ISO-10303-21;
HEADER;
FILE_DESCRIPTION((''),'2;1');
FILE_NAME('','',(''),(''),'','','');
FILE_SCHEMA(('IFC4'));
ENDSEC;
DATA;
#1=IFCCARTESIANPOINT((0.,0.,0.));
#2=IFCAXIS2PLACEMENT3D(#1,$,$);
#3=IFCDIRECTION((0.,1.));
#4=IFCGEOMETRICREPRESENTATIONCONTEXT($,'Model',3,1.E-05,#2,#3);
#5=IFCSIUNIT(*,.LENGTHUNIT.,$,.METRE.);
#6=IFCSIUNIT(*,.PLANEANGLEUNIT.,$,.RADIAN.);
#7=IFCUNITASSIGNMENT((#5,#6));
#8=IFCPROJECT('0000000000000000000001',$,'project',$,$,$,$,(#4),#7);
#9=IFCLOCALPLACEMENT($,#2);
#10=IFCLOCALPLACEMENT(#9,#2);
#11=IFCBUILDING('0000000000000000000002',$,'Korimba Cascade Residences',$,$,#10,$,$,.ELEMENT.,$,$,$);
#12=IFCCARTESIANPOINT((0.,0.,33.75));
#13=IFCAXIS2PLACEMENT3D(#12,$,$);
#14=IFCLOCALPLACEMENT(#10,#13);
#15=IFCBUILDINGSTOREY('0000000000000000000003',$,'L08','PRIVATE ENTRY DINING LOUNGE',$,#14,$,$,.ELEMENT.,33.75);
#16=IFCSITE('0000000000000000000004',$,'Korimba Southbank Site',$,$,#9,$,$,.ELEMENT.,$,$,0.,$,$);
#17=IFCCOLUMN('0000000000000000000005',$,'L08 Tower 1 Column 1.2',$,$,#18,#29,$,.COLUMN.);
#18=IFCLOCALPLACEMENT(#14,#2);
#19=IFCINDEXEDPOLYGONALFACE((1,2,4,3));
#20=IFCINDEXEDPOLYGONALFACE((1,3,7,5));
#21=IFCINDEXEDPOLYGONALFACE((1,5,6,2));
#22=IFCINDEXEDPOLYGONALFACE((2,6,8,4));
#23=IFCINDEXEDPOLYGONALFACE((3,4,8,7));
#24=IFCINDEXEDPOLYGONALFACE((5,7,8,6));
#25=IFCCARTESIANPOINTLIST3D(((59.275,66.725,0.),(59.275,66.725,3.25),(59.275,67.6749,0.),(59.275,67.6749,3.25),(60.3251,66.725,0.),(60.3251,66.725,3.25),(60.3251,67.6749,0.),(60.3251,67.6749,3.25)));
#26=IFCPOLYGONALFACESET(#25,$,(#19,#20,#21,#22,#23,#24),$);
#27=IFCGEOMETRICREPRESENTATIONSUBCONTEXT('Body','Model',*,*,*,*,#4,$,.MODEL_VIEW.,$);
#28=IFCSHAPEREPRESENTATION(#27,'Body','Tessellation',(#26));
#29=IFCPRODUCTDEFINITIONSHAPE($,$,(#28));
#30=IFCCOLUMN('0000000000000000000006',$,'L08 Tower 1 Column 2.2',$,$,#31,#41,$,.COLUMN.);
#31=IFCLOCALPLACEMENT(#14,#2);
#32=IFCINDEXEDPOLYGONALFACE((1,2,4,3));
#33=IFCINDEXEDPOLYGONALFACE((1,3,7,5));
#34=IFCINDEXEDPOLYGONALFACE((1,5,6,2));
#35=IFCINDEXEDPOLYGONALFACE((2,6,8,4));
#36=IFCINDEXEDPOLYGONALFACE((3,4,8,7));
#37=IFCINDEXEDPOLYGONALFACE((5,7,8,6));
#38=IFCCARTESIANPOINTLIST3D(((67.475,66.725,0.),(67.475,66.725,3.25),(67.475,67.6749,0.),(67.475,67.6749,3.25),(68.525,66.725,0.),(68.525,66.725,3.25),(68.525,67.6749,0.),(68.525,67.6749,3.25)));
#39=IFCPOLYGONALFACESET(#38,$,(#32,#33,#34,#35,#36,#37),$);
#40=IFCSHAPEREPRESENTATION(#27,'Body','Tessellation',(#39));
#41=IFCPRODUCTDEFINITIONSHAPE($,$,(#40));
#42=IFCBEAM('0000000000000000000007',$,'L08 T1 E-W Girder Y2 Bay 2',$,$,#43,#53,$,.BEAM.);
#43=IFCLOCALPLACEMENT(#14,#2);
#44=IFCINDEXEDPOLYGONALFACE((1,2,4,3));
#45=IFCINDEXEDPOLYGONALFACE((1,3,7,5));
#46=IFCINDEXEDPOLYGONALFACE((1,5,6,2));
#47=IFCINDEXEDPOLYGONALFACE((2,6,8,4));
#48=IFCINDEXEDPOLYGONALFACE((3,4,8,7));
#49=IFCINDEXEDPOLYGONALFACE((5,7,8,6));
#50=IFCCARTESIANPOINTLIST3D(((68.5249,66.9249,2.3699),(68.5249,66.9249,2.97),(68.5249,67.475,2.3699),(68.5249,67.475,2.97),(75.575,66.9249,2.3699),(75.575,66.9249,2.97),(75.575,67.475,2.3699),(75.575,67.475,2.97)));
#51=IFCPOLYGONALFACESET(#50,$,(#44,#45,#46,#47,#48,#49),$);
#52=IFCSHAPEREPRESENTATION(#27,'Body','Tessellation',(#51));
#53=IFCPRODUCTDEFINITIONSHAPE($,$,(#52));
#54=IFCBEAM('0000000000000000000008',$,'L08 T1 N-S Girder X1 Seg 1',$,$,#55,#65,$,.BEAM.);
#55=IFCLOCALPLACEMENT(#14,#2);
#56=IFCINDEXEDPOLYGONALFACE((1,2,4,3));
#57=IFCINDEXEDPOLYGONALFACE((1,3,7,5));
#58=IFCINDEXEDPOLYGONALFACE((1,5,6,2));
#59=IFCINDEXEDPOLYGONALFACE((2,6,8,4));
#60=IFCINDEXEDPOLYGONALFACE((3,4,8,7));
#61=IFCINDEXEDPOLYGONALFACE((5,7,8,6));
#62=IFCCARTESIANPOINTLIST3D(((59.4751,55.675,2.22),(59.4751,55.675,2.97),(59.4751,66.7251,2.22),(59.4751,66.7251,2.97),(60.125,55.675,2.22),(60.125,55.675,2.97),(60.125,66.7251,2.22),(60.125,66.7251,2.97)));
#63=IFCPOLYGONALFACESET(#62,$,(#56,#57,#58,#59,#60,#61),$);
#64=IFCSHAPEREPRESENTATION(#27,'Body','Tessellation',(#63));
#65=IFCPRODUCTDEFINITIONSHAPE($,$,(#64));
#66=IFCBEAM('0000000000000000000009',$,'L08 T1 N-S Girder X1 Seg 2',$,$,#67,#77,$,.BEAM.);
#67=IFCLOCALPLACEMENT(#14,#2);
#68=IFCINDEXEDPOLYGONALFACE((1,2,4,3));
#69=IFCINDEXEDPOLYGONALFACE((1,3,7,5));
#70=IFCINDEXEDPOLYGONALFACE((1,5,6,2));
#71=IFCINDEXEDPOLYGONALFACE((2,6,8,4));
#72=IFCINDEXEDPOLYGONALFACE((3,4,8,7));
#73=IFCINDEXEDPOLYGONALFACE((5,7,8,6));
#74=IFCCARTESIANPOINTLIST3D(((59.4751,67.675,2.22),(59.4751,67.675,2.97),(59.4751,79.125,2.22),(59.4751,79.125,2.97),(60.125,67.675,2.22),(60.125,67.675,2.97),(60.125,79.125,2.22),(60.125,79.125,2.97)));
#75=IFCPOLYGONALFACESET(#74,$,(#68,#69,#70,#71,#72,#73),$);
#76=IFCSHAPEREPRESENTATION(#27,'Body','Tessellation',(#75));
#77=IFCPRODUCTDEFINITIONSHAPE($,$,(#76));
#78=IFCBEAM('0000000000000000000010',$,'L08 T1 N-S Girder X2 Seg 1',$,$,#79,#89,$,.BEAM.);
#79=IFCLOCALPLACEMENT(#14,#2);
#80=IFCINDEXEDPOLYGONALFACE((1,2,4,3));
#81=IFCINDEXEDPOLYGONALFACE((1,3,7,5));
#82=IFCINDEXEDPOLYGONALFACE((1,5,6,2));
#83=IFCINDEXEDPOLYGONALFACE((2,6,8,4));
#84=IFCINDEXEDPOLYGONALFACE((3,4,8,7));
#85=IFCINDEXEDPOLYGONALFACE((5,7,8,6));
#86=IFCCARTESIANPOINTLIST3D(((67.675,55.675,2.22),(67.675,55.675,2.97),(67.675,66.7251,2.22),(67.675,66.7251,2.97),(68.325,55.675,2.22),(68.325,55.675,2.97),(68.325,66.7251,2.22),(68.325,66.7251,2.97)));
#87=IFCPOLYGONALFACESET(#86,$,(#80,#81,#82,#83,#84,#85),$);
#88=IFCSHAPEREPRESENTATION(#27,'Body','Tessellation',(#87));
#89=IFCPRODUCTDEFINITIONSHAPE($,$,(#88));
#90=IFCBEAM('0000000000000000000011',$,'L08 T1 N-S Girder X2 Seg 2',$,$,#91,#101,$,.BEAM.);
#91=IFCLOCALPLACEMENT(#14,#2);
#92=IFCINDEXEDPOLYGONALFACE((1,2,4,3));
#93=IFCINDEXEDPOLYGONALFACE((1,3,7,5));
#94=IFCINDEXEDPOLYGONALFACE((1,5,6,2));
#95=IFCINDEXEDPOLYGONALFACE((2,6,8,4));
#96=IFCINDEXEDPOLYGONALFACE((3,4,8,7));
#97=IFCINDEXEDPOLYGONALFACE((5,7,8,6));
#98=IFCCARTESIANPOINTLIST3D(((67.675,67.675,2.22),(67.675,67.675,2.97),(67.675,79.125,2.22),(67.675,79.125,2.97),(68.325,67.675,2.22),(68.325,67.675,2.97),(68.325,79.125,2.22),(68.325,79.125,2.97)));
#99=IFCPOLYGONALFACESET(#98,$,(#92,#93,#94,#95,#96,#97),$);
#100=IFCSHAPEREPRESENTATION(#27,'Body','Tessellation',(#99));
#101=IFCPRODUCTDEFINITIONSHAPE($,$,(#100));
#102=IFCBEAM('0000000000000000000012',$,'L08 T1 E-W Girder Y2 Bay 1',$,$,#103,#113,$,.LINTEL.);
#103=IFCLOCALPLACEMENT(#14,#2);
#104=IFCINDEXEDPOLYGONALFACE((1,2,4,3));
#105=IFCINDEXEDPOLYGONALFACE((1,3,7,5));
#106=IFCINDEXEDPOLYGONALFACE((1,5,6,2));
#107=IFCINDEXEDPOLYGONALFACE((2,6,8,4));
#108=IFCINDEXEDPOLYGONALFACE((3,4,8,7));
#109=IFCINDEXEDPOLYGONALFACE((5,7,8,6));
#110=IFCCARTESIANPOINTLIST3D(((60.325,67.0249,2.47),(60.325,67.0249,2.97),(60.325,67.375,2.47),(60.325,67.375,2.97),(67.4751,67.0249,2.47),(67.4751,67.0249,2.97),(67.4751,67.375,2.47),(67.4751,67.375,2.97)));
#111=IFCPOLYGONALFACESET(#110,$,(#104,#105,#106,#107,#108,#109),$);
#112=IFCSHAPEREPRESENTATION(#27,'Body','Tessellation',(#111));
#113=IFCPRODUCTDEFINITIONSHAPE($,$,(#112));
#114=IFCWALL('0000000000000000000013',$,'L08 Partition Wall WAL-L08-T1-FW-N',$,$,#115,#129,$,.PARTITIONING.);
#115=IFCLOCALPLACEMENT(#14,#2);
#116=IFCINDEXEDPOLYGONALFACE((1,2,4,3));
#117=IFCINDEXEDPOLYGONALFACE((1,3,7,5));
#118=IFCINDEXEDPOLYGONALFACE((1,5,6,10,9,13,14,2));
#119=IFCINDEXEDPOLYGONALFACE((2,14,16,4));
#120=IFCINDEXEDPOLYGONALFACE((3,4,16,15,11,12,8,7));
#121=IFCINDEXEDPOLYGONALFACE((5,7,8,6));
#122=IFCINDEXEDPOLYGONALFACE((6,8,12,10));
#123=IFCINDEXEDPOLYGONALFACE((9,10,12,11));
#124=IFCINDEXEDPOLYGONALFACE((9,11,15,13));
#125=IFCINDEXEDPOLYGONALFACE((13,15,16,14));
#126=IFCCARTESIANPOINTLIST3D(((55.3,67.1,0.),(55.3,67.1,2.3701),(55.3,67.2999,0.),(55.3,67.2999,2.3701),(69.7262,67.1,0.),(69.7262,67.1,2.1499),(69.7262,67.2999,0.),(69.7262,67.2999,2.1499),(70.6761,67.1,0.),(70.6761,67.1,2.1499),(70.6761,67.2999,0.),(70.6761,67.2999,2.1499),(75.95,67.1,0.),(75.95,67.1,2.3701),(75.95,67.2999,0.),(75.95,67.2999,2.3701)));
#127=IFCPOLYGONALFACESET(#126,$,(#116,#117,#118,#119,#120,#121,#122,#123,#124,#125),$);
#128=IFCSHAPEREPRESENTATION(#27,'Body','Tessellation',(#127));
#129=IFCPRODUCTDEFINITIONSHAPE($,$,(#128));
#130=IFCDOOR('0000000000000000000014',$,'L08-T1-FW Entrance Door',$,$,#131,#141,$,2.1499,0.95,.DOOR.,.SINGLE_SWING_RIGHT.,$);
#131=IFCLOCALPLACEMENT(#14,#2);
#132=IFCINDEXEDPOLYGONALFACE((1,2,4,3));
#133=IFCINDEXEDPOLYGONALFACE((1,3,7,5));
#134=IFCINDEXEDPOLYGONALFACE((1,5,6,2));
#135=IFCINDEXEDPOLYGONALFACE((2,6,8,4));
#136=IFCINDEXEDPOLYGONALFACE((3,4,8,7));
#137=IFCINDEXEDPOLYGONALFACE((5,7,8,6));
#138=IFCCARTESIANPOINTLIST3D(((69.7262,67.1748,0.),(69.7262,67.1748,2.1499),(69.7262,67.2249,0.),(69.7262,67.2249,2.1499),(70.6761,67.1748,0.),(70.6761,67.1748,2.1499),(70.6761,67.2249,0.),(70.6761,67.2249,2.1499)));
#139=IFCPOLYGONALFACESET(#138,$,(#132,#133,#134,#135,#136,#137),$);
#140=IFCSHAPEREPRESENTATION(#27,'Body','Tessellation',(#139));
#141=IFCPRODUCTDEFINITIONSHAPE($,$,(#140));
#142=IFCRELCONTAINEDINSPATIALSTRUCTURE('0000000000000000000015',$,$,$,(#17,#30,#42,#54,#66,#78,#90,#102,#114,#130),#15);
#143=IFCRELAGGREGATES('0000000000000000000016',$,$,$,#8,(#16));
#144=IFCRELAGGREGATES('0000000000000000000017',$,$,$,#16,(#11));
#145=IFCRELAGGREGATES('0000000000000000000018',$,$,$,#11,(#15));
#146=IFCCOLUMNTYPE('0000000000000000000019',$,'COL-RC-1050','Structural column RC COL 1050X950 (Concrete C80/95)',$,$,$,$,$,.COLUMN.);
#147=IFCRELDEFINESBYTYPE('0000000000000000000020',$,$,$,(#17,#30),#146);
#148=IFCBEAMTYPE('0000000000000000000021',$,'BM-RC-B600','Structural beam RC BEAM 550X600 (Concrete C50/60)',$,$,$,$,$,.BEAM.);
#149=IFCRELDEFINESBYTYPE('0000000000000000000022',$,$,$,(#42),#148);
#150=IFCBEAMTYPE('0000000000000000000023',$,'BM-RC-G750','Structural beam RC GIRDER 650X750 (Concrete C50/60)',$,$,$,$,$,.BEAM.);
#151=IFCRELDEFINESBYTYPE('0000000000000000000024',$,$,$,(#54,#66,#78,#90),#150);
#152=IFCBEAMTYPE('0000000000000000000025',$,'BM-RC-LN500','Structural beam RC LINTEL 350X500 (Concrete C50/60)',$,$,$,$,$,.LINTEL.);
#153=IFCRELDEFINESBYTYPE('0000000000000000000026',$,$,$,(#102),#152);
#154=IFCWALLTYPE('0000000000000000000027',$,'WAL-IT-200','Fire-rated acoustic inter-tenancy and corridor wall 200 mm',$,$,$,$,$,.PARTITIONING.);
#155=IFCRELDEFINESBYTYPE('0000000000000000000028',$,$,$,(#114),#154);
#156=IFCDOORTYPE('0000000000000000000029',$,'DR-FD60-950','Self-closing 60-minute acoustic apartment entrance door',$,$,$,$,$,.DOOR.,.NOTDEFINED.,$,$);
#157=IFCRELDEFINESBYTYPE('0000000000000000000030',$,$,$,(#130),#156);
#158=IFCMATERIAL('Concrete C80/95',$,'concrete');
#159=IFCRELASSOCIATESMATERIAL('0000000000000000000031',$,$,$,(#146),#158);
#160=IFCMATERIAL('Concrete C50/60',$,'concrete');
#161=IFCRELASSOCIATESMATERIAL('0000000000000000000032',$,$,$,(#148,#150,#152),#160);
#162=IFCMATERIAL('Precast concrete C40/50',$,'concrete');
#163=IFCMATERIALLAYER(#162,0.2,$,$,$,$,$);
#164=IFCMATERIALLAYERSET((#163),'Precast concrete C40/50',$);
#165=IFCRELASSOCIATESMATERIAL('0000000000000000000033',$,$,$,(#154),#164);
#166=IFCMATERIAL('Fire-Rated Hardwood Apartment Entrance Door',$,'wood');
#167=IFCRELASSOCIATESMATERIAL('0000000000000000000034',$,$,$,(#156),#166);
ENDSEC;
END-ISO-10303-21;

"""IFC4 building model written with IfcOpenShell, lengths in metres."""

from ifc_helpers import new_model, si_unit, direction, frame, frame_2d, origin, origin_2d, place, context, subcontext, project, spatial, rectangle, extrude, material, layer, layer_set, material_profile, profile_set, type_object, element, fill, save


model = new_model("IFC4")

# Units and contexts
model_context = context("Model", 3, precision=1e-05, world=origin(), true_north=direction((0.0, 1.0)))
body_context = subcontext(model_context, "Body", "Model", "MODEL_VIEW")
ifc_project = project(units=[si_unit("LENGTHUNIT", "METRE"), si_unit("PLANEANGLEUNIT", "RADIAN")], contexts=[model_context])

# Site, building, storey
site_placement = place(None, origin())
site = spatial("IfcSite", under=ifc_project, at=site_placement, Name="Korimba Southbank Site", CompositionType="ELEMENT", RefElevation=0.0)
building_placement = place(site_placement, origin())
building = spatial("IfcBuilding", under=site, at=building_placement, Name="Korimba Cascade Residences", CompositionType="ELEMENT")
storey_placement = place(building_placement, frame((0.0, 0.0, 33.75)))
storey = spatial("IfcBuildingStorey", under=building, at=storey_placement, Name="L08", Description="PRIVATE ENTRY DINING LOUNGE", CompositionType="ELEMENT", Elevation=33.75)

# Columns
ifc_material_1 = material(Name="Concrete C80/95", Category="concrete")
ifc_material_profile_1 = material_profile(ifc_material_1, rectangle(XDim=1.05, YDim=0.95, at=origin_2d()), Name="Concrete C80/95")
ifc_profile_set_1 = profile_set([ifc_material_profile_1], Name="Concrete C80/95")
column_type = type_object("IfcColumnType", Name="COL-RC-1050", Description="Structural column RC COL 1050X950 (Concrete C80/95)", PredefinedType="COLUMN", material=ifc_profile_set_1)
for number, where, z_axis, x_axis, name in (
    (1, (59.8, 67.2, 0.0), (0.0, 0.0, 1.0), (1.0, 0.0, 0.0), "L08 Tower 1 Column 1.2"),
    (2, (68.0, 67.2, 0.0), (0.0, 0.0, 1.0), (1.0, 0.0, 0.0), "L08 Tower 1 Column 2.2"),
):
    element("IfcColumn", number, at=place(storey_placement, frame(where, z_axis=z_axis, x_axis=x_axis)), inside=storey, type_object=column_type, Name=name, PredefinedType="COLUMN", context=body_context, shape_type="SweptSolid", body=[
        extrude(rectangle(XDim=1.05, YDim=0.95, at=origin_2d()), origin(), (0.0, 0.0, 1.0), 3.25),
    ])

# Beams
ifc_material_2 = material(Name="Concrete C50/60", Category="concrete")
ifc_material_profile_2 = material_profile(ifc_material_2, rectangle(XDim=0.55, YDim=0.6001, at=origin_2d()), Name="Concrete C50/60")
ifc_profile_set_2 = profile_set([ifc_material_profile_2], Name="Concrete C50/60")
beam_type_1 = type_object("IfcBeamType", Name="BM-RC-B600", Description="Structural beam RC BEAM 550X600 (Concrete C50/60)", PredefinedType="BEAM", material=ifc_profile_set_2)
beam_1_placement = place(storey_placement, frame((68.5249, 67.2, 2.6699), z_axis=(1.0, 0.0, 0.0), x_axis=(0.0, 1.0, 0.0)))
element("IfcBeam", 3, at=beam_1_placement, inside=storey, type_object=beam_type_1, Name="L08 T1 E-W Girder Y2 Bay 2", PredefinedType="BEAM", context=body_context, shape_type="SweptSolid", body=[
    extrude(rectangle(XDim=0.55, YDim=0.6001, at=origin_2d()), origin(), (0.0, 0.0, 1.0), 7.05),
])
ifc_material_profile_3 = material_profile(ifc_material_2, rectangle(XDim=0.6499, YDim=0.75, at=origin_2d()), Name="Concrete C50/60")
ifc_profile_set_3 = profile_set([ifc_material_profile_3], Name="Concrete C50/60")
beam_type_2 = type_object("IfcBeamType", Name="BM-RC-G750", Description="Structural beam RC GIRDER 650X750 (Concrete C50/60)", PredefinedType="BEAM", material=ifc_profile_set_3)
beam_2_placement = place(storey_placement, frame((59.8, 55.675, 2.595), z_axis=(0.0, 1.0, 0.0), x_axis=(-1.0, 0.0, 0.0)))
element("IfcBeam", 4, at=beam_2_placement, inside=storey, type_object=beam_type_2, Name="L08 T1 N-S Girder X1 Seg 1", PredefinedType="BEAM", context=body_context, shape_type="SweptSolid", body=[
    extrude(rectangle(XDim=0.6499, YDim=0.75, at=origin_2d()), origin(), (0.0, 0.0, 1.0), 11.05),
])
beam_3_placement = place(storey_placement, frame((59.8, 67.675, 2.595), z_axis=(0.0, 1.0, 0.0), x_axis=(-1.0, 0.0, 0.0)))
element("IfcBeam", 5, at=beam_3_placement, inside=storey, type_object=beam_type_2, Name="L08 T1 N-S Girder X1 Seg 2", PredefinedType="BEAM", context=body_context, shape_type="SweptSolid", body=[
    extrude(rectangle(XDim=0.6499, YDim=0.75, at=origin_2d()), origin(), (0.0, 0.0, 1.0), 11.45),
])
beam_4_placement = place(storey_placement, frame((68.0, 55.675, 2.595), z_axis=(0.0, 1.0, 0.0), x_axis=(-1.0, 0.0, 0.0)))
element("IfcBeam", 6, at=beam_4_placement, inside=storey, type_object=beam_type_2, Name="L08 T1 N-S Girder X2 Seg 1", PredefinedType="BEAM", context=body_context, shape_type="SweptSolid", body=[
    extrude(rectangle(XDim=0.6499, YDim=0.75, at=origin_2d()), origin(), (0.0, 0.0, 1.0), 11.05),
])
beam_5_placement = place(storey_placement, frame((68.0, 67.675, 2.595), z_axis=(0.0, 1.0, 0.0), x_axis=(-1.0, 0.0, 0.0)))
element("IfcBeam", 7, at=beam_5_placement, inside=storey, type_object=beam_type_2, Name="L08 T1 N-S Girder X2 Seg 2", PredefinedType="BEAM", context=body_context, shape_type="SweptSolid", body=[
    extrude(rectangle(XDim=0.6499, YDim=0.75, at=origin_2d()), origin(), (0.0, 0.0, 1.0), 11.45),
])
ifc_material_profile_4 = material_profile(ifc_material_2, rectangle(XDim=0.3501, YDim=0.5, at=origin_2d()), Name="Concrete C50/60")
ifc_profile_set_4 = profile_set([ifc_material_profile_4], Name="Concrete C50/60")
beam_type_3 = type_object("IfcBeamType", Name="BM-RC-LN500", Description="Structural beam RC LINTEL 350X500 (Concrete C50/60)", PredefinedType="LINTEL", material=ifc_profile_set_4)
beam_6_placement = place(storey_placement, frame((60.325, 67.2, 2.72), z_axis=(1.0, 0.0, 0.0), x_axis=(0.0, 1.0, 0.0)))
element("IfcBeam", 8, at=beam_6_placement, inside=storey, type_object=beam_type_3, Name="L08 T1 E-W Girder Y2 Bay 1", PredefinedType="LINTEL", context=body_context, shape_type="SweptSolid", body=[
    extrude(rectangle(XDim=0.3501, YDim=0.5, at=origin_2d()), origin(), (0.0, 0.0, 1.0), 7.1501),
])

# Wall, opening, door
ifc_material_3 = material(Name="Precast concrete C40/50", Category="concrete")
ifc_layer_1 = layer(ifc_material_3, 0.2)
ifc_layer_set_1 = layer_set([ifc_layer_1], Name="Precast concrete C40/50")
wall_type_1 = type_object("IfcWallType", Name="WAL-IT-200", Description="Fire-rated acoustic inter-tenancy and corridor wall 200 mm", PredefinedType="PARTITIONING", material=ifc_layer_set_1)
wall_1_placement = place(storey_placement, frame((55.3, 67.2, 0.0), z_axis=(0.0, 0.0, 1.0), x_axis=(1.0, 0.0, 0.0)))
wall_1 = element("IfcWall", 9, at=wall_1_placement, inside=storey, type_object=wall_type_1, Name="L08 Partition Wall WAL-L08-T1-FW-N", PredefinedType="PARTITIONING", context=body_context, shape_type="SweptSolid", body=[
    extrude(rectangle(XDim=20.6499, YDim=0.2, at=frame_2d((10.325, 0.0))), origin(), (0.0, 0.0, 1.0), 2.3701),
])
opening_1_placement = place(wall_1_placement, frame((14.426, 0.0, 0.0)))
opening_1 = element("IfcOpeningElement", 10, at=opening_1_placement, cuts=wall_1, PredefinedType="OPENING", context=body_context, shape_type="SweptSolid", body=[
    extrude(rectangle(XDim=0.95, YDim=2.1499, at=frame_2d((0.4751, 1.075))), frame((0.0, 0.1099, 0.0), z_axis=(0.0, -1.0, 0.0), x_axis=(1.0, 0.0, 0.0)), (0.0, 0.0, 1.0), 0.22),
])
ifc_material_4 = material(Name="Fire-Rated Hardwood Apartment Entrance Door", Category="wood")
door_type_1 = type_object("IfcDoorType", Name="DR-FD60-950", Description="Self-closing 60-minute acoustic apartment entrance door", OperationType="NOTDEFINED", PredefinedType="DOOR", material=ifc_material_4)
door_1_placement = place(opening_1_placement, origin())
door_1 = element("IfcDoor", 11, at=door_1_placement, inside=storey, type_object=door_type_1, Name="L08-T1-FW Entrance Door", OperationType="SINGLE_SWING_RIGHT", OverallHeight=2.1499, OverallWidth=0.95, PredefinedType="DOOR", context=body_context, shape_type="SweptSolid", body=[
    extrude(rectangle(XDim=0.95, YDim=2.1499, at=frame_2d((0.4751, 1.075))), frame((0.0, 0.0249, 0.0), z_axis=(0.0, -1.0, 0.0), x_axis=(1.0, 0.0, 0.0)), (0.0, 0.0, 1.0), 0.05),
])
fill(opening_1, door_1)

save(model, "model.ifc")
